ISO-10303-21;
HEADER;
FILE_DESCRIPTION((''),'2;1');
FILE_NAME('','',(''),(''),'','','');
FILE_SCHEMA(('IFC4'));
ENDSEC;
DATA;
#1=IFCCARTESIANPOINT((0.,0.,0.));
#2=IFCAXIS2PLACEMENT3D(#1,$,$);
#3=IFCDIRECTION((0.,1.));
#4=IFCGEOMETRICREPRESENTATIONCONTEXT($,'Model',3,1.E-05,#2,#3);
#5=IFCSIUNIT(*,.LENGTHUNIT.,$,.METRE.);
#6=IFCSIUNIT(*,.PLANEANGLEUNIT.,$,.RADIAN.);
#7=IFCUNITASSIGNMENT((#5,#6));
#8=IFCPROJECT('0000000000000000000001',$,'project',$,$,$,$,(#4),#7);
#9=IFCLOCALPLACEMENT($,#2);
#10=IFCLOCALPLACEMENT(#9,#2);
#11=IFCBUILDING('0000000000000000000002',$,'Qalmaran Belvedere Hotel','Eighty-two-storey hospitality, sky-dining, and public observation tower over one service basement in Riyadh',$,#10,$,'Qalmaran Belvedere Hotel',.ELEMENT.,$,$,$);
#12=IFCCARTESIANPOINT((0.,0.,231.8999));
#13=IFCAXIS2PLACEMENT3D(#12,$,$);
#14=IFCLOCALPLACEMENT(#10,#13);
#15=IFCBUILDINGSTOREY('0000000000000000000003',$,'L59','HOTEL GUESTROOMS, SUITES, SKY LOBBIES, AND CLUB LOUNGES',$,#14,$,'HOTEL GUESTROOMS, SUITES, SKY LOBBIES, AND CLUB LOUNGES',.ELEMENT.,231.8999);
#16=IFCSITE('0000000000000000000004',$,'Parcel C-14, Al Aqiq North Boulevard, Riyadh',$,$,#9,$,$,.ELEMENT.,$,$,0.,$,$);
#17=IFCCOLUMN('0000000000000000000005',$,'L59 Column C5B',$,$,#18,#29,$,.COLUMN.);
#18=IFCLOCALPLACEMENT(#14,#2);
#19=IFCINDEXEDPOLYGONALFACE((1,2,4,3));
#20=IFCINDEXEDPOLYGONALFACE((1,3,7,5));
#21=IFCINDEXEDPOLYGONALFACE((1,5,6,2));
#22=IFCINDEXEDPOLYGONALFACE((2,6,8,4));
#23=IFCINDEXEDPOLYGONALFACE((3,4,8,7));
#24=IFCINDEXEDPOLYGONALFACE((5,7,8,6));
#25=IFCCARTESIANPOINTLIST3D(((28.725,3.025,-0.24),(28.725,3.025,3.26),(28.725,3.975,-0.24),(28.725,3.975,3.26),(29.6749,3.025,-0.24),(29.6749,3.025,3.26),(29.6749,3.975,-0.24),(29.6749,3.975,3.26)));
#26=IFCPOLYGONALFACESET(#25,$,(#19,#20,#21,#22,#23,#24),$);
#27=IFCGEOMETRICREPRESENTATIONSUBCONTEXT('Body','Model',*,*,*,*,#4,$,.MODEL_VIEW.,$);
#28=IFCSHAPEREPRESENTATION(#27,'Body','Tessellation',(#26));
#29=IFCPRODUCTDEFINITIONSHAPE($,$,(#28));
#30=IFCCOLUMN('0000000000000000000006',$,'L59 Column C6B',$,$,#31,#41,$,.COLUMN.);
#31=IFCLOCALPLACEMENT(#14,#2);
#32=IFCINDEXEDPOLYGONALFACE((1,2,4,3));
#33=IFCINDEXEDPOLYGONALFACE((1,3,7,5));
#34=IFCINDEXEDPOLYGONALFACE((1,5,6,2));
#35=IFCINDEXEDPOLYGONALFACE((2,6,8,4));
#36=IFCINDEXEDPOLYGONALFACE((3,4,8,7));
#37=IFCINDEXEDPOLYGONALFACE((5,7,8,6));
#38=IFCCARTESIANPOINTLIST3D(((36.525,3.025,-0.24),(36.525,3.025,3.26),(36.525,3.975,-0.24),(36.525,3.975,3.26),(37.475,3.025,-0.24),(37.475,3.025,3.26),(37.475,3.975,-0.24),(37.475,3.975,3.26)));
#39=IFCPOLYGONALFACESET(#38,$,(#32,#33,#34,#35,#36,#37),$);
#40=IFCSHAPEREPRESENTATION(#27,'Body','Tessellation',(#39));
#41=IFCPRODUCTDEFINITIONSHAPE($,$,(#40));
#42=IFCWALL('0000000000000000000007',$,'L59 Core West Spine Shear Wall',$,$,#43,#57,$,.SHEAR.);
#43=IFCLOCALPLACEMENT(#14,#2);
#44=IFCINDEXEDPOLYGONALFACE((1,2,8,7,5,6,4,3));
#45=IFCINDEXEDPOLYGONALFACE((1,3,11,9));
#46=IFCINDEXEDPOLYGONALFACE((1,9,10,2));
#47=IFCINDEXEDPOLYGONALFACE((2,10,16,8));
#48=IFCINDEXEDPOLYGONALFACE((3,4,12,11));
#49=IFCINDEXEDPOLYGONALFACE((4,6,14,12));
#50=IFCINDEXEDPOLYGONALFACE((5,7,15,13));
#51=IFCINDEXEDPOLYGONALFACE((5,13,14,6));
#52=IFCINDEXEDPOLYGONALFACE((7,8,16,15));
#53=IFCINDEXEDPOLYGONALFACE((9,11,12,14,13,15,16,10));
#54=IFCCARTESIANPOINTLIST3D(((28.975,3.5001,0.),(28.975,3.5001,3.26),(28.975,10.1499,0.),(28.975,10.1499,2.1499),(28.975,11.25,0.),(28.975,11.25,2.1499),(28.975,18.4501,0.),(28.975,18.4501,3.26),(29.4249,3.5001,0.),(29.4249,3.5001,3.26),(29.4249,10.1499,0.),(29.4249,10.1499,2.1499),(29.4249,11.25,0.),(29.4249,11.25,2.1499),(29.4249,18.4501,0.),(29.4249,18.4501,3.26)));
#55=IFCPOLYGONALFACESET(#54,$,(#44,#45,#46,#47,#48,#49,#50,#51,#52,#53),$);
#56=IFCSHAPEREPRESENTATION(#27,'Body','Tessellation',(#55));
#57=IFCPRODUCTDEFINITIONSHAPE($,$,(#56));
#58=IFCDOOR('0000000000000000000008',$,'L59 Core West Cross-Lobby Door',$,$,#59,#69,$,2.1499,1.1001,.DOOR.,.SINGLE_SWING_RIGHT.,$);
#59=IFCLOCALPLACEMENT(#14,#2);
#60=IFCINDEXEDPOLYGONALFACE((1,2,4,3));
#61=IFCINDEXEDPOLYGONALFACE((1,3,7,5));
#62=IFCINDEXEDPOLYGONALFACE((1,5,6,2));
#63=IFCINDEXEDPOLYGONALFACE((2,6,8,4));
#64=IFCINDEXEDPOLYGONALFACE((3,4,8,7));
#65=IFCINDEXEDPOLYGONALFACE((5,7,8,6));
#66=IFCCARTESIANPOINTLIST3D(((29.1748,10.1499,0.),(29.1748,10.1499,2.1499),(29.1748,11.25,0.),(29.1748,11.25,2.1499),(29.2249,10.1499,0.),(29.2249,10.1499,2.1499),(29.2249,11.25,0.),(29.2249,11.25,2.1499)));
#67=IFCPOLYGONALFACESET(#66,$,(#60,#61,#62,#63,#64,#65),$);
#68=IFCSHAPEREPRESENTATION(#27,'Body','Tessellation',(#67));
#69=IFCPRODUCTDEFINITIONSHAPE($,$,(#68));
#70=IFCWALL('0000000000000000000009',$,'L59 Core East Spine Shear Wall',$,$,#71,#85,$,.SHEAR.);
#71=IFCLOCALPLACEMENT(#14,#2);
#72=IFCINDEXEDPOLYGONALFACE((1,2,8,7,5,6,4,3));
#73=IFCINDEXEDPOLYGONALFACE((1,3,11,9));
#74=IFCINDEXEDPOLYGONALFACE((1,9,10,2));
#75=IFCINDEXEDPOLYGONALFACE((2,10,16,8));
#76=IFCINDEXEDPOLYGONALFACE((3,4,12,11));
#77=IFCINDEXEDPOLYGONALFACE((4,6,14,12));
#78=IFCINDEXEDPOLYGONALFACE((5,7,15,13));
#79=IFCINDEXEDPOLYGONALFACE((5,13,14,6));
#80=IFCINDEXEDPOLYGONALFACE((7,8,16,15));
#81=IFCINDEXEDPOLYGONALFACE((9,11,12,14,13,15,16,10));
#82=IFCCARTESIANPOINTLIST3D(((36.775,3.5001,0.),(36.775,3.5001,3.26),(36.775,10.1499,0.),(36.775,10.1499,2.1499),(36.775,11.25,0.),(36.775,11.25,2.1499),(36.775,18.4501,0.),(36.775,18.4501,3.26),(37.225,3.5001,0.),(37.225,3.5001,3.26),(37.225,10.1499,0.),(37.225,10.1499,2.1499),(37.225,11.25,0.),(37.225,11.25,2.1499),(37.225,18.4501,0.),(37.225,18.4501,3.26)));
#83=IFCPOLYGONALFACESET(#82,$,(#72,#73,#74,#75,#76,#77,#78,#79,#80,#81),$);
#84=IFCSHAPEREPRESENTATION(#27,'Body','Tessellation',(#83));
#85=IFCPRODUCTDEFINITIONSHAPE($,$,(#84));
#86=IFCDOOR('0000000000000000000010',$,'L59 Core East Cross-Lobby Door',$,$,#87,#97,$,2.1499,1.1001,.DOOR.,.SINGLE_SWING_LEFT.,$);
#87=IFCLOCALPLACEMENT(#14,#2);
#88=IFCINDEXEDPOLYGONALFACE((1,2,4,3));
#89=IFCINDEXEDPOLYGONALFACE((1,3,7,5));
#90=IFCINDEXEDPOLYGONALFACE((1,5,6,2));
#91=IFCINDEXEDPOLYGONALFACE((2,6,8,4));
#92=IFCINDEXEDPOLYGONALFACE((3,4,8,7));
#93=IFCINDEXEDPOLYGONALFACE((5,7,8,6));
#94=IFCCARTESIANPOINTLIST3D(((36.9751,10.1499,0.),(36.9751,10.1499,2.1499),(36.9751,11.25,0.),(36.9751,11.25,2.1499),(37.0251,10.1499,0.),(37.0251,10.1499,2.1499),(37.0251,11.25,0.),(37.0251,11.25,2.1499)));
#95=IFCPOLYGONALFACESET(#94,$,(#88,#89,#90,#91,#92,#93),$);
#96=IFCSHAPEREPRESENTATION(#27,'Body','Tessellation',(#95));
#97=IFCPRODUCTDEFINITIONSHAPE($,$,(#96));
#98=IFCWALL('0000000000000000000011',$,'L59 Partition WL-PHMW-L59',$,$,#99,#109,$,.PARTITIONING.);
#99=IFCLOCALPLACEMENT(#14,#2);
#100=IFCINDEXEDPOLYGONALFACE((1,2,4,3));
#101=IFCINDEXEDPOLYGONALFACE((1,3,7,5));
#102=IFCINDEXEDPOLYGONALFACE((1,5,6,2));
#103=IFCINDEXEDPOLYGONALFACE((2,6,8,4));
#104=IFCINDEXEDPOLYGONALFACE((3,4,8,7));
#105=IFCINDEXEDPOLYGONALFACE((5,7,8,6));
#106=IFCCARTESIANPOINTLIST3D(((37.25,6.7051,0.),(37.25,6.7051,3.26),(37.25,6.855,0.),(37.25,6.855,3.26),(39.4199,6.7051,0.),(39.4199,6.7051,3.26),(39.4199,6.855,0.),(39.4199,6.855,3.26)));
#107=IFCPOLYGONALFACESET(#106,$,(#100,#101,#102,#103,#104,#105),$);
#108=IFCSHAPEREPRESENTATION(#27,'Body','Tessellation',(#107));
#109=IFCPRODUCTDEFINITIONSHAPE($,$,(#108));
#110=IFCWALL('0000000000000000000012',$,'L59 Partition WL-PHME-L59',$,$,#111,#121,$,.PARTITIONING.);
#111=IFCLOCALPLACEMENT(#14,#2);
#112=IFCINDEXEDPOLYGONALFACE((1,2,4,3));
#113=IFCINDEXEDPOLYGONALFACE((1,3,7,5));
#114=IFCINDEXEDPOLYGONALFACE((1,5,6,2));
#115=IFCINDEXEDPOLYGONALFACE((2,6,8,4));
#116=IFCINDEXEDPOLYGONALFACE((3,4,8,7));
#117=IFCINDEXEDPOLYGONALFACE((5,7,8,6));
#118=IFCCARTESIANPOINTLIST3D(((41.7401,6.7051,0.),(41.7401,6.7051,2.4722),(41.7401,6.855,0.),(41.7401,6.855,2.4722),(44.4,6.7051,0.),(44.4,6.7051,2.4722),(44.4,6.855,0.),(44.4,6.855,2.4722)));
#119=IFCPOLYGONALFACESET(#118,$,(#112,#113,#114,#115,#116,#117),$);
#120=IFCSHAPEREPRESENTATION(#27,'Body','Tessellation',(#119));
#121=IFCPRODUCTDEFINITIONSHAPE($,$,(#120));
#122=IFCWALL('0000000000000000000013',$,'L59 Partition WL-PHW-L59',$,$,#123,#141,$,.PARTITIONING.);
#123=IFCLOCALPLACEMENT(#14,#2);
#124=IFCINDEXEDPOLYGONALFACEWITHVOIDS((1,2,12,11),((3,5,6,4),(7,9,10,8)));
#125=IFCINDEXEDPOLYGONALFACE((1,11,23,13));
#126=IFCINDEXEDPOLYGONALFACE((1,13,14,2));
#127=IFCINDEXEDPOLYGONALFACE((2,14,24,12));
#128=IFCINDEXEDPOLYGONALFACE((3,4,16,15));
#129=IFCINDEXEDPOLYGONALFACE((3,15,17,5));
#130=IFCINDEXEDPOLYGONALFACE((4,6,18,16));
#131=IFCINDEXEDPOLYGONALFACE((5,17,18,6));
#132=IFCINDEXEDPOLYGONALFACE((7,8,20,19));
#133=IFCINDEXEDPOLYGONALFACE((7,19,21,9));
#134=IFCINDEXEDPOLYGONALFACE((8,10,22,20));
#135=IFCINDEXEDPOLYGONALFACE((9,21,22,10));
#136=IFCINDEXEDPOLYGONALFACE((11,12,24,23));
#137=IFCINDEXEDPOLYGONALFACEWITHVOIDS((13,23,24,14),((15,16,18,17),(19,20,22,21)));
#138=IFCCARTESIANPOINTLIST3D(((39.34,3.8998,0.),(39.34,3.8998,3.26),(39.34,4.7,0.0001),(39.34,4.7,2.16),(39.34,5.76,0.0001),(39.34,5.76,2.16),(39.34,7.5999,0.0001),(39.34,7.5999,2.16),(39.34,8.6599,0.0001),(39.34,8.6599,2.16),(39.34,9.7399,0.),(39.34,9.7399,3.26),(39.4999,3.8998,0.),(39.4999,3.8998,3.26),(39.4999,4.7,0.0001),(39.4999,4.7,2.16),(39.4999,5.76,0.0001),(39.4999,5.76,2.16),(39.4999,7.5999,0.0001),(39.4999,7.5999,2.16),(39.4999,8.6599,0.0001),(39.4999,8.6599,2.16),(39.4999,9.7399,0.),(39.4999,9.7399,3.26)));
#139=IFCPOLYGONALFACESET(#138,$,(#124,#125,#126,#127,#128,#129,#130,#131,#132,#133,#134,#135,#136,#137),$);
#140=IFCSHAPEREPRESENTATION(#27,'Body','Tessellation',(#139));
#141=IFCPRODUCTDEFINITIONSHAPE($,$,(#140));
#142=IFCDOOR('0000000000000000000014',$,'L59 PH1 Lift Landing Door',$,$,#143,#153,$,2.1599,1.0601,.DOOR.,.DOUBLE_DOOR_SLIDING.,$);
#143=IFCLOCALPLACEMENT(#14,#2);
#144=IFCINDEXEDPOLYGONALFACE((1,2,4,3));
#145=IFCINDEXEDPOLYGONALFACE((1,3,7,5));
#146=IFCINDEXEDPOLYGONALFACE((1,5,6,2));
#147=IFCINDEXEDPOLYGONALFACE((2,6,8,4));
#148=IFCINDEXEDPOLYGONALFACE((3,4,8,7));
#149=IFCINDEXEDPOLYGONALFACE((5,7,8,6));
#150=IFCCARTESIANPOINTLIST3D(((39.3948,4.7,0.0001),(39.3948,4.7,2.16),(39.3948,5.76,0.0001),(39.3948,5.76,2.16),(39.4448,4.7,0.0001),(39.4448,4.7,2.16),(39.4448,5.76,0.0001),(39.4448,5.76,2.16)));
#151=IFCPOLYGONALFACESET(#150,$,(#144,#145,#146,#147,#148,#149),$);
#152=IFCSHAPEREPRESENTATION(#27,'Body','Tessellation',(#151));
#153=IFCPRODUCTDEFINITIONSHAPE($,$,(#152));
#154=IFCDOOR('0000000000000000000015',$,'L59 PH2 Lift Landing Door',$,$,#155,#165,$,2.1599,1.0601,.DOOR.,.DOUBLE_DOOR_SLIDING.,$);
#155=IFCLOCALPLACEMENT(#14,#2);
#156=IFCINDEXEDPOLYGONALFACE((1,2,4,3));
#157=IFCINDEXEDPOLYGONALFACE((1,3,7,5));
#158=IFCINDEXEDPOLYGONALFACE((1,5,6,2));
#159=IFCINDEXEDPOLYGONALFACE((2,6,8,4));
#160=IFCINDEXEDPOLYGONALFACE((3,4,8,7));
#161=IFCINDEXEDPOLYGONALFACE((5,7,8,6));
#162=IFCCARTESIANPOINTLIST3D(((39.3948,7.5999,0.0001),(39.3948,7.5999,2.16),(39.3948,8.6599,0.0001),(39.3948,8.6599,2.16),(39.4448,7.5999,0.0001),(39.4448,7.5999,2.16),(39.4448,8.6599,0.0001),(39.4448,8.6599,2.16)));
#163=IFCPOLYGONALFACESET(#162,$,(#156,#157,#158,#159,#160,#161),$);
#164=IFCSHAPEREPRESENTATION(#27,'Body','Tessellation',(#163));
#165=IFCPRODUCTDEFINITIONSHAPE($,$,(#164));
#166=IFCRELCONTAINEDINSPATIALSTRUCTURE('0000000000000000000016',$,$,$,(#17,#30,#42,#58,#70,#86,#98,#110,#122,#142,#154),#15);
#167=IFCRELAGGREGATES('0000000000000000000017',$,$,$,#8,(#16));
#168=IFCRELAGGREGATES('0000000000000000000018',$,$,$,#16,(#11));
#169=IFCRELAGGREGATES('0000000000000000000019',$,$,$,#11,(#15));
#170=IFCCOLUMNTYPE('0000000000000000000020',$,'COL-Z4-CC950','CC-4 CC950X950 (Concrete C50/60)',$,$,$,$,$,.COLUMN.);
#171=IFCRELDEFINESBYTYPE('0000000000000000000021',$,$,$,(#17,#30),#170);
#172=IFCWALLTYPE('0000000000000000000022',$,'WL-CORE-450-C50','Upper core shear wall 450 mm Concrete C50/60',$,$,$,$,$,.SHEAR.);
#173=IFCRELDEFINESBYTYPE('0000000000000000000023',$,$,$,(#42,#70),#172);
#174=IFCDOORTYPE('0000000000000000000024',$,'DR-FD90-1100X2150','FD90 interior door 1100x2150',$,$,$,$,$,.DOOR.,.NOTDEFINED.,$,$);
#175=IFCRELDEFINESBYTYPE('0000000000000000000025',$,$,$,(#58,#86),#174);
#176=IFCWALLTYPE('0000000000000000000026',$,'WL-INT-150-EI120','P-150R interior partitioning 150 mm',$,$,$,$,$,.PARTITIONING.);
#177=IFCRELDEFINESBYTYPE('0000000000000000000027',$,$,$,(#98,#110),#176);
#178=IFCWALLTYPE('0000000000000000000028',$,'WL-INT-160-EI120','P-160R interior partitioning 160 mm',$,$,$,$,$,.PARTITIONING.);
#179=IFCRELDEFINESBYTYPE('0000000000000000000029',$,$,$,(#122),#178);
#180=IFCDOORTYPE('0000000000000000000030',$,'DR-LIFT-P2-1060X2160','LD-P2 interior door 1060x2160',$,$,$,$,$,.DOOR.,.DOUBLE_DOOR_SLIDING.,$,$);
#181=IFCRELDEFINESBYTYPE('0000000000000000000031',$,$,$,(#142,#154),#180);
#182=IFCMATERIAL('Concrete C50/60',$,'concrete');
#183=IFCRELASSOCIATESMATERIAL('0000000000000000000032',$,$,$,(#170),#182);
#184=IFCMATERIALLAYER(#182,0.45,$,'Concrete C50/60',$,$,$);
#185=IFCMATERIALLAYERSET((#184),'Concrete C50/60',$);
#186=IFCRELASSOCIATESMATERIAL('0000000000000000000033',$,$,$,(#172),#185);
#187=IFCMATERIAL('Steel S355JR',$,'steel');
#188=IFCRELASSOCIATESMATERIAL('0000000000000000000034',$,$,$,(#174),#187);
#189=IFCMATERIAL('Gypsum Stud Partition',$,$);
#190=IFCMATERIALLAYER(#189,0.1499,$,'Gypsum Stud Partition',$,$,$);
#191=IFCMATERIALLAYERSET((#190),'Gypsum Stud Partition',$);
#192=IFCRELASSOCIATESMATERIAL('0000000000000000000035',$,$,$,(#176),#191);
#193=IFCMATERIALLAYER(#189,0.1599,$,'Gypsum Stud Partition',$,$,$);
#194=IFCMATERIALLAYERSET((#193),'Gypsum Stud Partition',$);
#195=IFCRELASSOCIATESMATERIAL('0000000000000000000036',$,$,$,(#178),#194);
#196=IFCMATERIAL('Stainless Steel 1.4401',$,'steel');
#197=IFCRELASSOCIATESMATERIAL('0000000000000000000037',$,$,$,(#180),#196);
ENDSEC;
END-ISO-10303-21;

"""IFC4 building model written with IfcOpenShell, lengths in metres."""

from ifc_helpers import new_model, si_unit, direction, frame, frame_2d, origin, origin_2d, place, context, subcontext, project, spatial, rectangle, extrude, material, layer, layer_set, material_profile, profile_set, type_object, element, fill, save


model = new_model("IFC4")

# Units and contexts
model_context = context("Model", 3, precision=1e-05, world=origin(), true_north=direction((0.0, 1.0)))
body_context = subcontext(model_context, "Body", "Model", "MODEL_VIEW")
ifc_project = project(units=[si_unit("LENGTHUNIT", "METRE"), si_unit("PLANEANGLEUNIT", "RADIAN")], contexts=[model_context])

# Site, building, storey
site_placement = place(None, origin())
site = spatial("IfcSite", under=ifc_project, at=site_placement, Name="Parcel C-14, Al Aqiq North Boulevard, Riyadh", CompositionType="ELEMENT", RefElevation=0.0)
building_placement = place(site_placement, origin())
building = spatial("IfcBuilding", under=site, at=building_placement, Name="Qalmaran Belvedere Hotel", Description="Eighty-two-storey hospitality, sky-dining, and public observation tower over one service basement in Riyadh", LongName="Qalmaran Belvedere Hotel", CompositionType="ELEMENT")
storey_placement = place(building_placement, frame((0.0, 0.0, 231.8999)))
storey = spatial("IfcBuildingStorey", under=building, at=storey_placement, Name="L59", Description="HOTEL GUESTROOMS, SUITES, SKY LOBBIES, AND CLUB LOUNGES", LongName="HOTEL GUESTROOMS, SUITES, SKY LOBBIES, AND CLUB LOUNGES", CompositionType="ELEMENT", Elevation=231.8999)

# Columns
ifc_material_1 = material(Name="Concrete C50/60", Category="concrete")
ifc_material_profile = material_profile(ifc_material_1, rectangle(XDim=0.95, YDim=0.95, at=origin_2d()), Name="CC950X950")
ifc_profile_set = profile_set([ifc_material_profile], Name="Concrete C50/60")
column_type = type_object("IfcColumnType", Name="COL-Z4-CC950", Description="CC-4 CC950X950 (Concrete C50/60)", PredefinedType="COLUMN", material=ifc_profile_set)
for number, where, z_axis, x_axis, name in (
    (1, (29.2, 3.5, -0.24), (0.0, 0.0, 1.0), (1.0, 0.0, 0.0), "L59 Column C5B"),
    (2, (37.0, 3.5, -0.24), (0.0, 0.0, 1.0), (1.0, 0.0, 0.0), "L59 Column C6B"),
):
    element("IfcColumn", number, at=place(storey_placement, frame(where, z_axis=z_axis, x_axis=x_axis)), inside=storey, type_object=column_type, Name=name, PredefinedType="COLUMN", context=body_context, shape_type="SweptSolid", body=[
        extrude(rectangle(XDim=0.95, YDim=0.95, at=origin_2d()), origin(), (0.0, 0.0, 1.0), 3.5),
    ])

# Walls, openings, doors
ifc_layer_1 = layer(ifc_material_1, 0.45, Name="Concrete C50/60")
ifc_layer_set_1 = layer_set([ifc_layer_1], Name="Concrete C50/60")
wall_type_1 = type_object("IfcWallType", Name="WL-CORE-450-C50", Description="Upper core shear wall 450 mm Concrete C50/60", PredefinedType="SHEAR", material=ifc_layer_set_1)
wall_1_placement = place(storey_placement, frame((29.2, 3.5, 0.0), z_axis=(0.0, 0.0, 1.0), x_axis=(0.0, 1.0, 0.0)))
wall_1 = element("IfcWall", 3, at=wall_1_placement, inside=storey, type_object=wall_type_1, Name="L59 Core West Spine Shear Wall", PredefinedType="SHEAR", context=body_context, shape_type="SweptSolid", body=[
    extrude(rectangle(XDim=14.95, YDim=0.45, at=frame_2d((7.4751, 0.0))), origin(), (0.0, 0.0, 1.0), 3.26),
])
opening_1_placement = place(wall_1_placement, frame((7.75, 0.0, 0.0), z_axis=(0.0, 0.0, 1.0), x_axis=(-1.0, 0.0, 0.0)))
opening_1 = element("IfcOpeningElement", 4, at=opening_1_placement, cuts=wall_1, PredefinedType="OPENING", context=body_context, shape_type="SweptSolid", body=[
    extrude(rectangle(XDim=1.1001, YDim=2.1499, at=frame_2d((0.55, 1.075))), frame((0.0, 0.2349, 0.0), z_axis=(0.0, -1.0, 0.0), x_axis=(1.0, 0.0, 0.0)), (0.0, 0.0, 1.0), 0.47),
])
ifc_material_2 = material(Name="Steel S355JR", Category="steel")
door_type_1 = type_object("IfcDoorType", Name="DR-FD90-1100X2150", Description="FD90 interior door 1100x2150", OperationType="NOTDEFINED", PredefinedType="DOOR", material=ifc_material_2)
door_1_placement = place(opening_1_placement, origin())
door_1 = element("IfcDoor", 5, at=door_1_placement, inside=storey, type_object=door_type_1, Name="L59 Core West Cross-Lobby Door", OperationType="SINGLE_SWING_RIGHT", OverallHeight=2.1499, OverallWidth=1.1001, PredefinedType="DOOR", context=body_context, shape_type="SweptSolid", body=[
    extrude(rectangle(XDim=1.1001, YDim=2.1499, at=frame_2d((0.55, 1.075))), frame((0.0, 0.0249, 0.0), z_axis=(0.0, -1.0, 0.0), x_axis=(1.0, 0.0, 0.0)), (0.0, 0.0, 1.0), 0.05),
])
fill(opening_1, door_1)
wall_2_placement = place(storey_placement, frame((37.0, 3.5, 0.0), z_axis=(0.0, 0.0, 1.0), x_axis=(0.0, 1.0, 0.0)))
wall_2 = element("IfcWall", 6, at=wall_2_placement, inside=storey, type_object=wall_type_1, Name="L59 Core East Spine Shear Wall", PredefinedType="SHEAR", context=body_context, shape_type="SweptSolid", body=[
    extrude(rectangle(XDim=14.95, YDim=0.45, at=frame_2d((7.4751, 0.0))), origin(), (0.0, 0.0, 1.0), 3.26),
])
opening_2_placement = place(wall_2_placement, frame((6.6499, 0.0, 0.0)))
opening_2 = element("IfcOpeningElement", 7, at=opening_2_placement, cuts=wall_2, PredefinedType="OPENING", context=body_context, shape_type="SweptSolid", body=[
    extrude(rectangle(XDim=1.1001, YDim=2.1499, at=frame_2d((0.55, 1.075))), frame((0.0, 0.2349, 0.0), z_axis=(0.0, -1.0, 0.0), x_axis=(1.0, 0.0, 0.0)), (0.0, 0.0, 1.0), 0.47),
])
door_2_placement = place(opening_2_placement, origin())
door_2 = element("IfcDoor", 8, at=door_2_placement, inside=storey, type_object=door_type_1, Name="L59 Core East Cross-Lobby Door", OperationType="SINGLE_SWING_LEFT", OverallHeight=2.1499, OverallWidth=1.1001, PredefinedType="DOOR", context=body_context, shape_type="SweptSolid", body=[
    extrude(rectangle(XDim=1.1001, YDim=2.1499, at=frame_2d((0.55, 1.075))), frame((0.0, 0.0249, 0.0), z_axis=(0.0, -1.0, 0.0), x_axis=(1.0, 0.0, 0.0)), (0.0, 0.0, 1.0), 0.05),
])
fill(opening_2, door_2)

# Walls
ifc_material_3 = material(Name="Gypsum Stud Partition")
ifc_layer_2 = layer(ifc_material_3, 0.1499, Name="Gypsum Stud Partition")
ifc_layer_set_2 = layer_set([ifc_layer_2], Name="Gypsum Stud Partition")
wall_type_2 = type_object("IfcWallType", Name="WL-INT-150-EI120", Description="P-150R interior partitioning 150 mm", PredefinedType="PARTITIONING", material=ifc_layer_set_2)
wall_3_placement = place(storey_placement, frame((37.25, 6.78, 0.0), z_axis=(0.0, 0.0, 1.0), x_axis=(1.0, 0.0, 0.0)))
element("IfcWall", 9, at=wall_3_placement, inside=storey, type_object=wall_type_2, Name="L59 Partition WL-PHMW-L59", PredefinedType="PARTITIONING", context=body_context, shape_type="SweptSolid", body=[
    extrude(rectangle(XDim=2.1699, YDim=0.1499, at=frame_2d((1.085, 0.0))), origin(), (0.0, 0.0, 1.0), 3.26),
])
wall_4_placement = place(storey_placement, frame((41.74, 6.78, 0.0), z_axis=(0.0, 0.0, 1.0), x_axis=(1.0, 0.0, 0.0)))
element("IfcWall", 10, at=wall_4_placement, inside=storey, type_object=wall_type_2, Name="L59 Partition WL-PHME-L59", PredefinedType="PARTITIONING", context=body_context, shape_type="SweptSolid", body=[
    extrude(rectangle(XDim=2.6599, YDim=0.1499, at=frame_2d((1.3301, 0.0))), origin(), (0.0, 0.0, 1.0), 2.4722),
])

# Wall, openings, doors
ifc_layer_3 = layer(ifc_material_3, 0.1599, Name="Gypsum Stud Partition")
ifc_layer_set_3 = layer_set([ifc_layer_3], Name="Gypsum Stud Partition")
wall_type_3 = type_object("IfcWallType", Name="WL-INT-160-EI120", Description="P-160R interior partitioning 160 mm", PredefinedType="PARTITIONING", material=ifc_layer_set_3)
wall_5_placement = place(storey_placement, frame((39.4199, 3.8999, 0.0), z_axis=(0.0, 0.0, 1.0), x_axis=(0.0, 1.0, 0.0)))
wall_5 = element("IfcWall", 11, at=wall_5_placement, inside=storey, type_object=wall_type_3, Name="L59 Partition WL-PHW-L59", PredefinedType="PARTITIONING", context=body_context, shape_type="SweptSolid", body=[
    extrude(rectangle(XDim=5.8401, YDim=0.1599, at=frame_2d((2.9199, 0.0))), origin(), (0.0, 0.0, 1.0), 3.26),
])
opening_3_placement = place(wall_5_placement, frame((1.8601, 0.0, 0.0), z_axis=(0.0, 0.0, 1.0), x_axis=(-1.0, 0.0, 0.0)))
opening_3 = element("IfcOpeningElement", 12, at=opening_3_placement, cuts=wall_5, PredefinedType="OPENING", context=body_context, shape_type="SweptSolid", body=[
    extrude(rectangle(XDim=1.0601, YDim=2.1599, at=frame_2d((0.53, 1.0801))), frame((0.0, 0.0898, 0.0), z_axis=(0.0, -1.0, 0.0), x_axis=(1.0, 0.0, 0.0)), (0.0, 0.0, 1.0), 0.1799),
])
opening_4_placement = place(wall_5_placement, frame((4.76, 0.0, 0.0), z_axis=(0.0, 0.0, 1.0), x_axis=(-1.0, 0.0, 0.0)))
opening_4 = element("IfcOpeningElement", 13, at=opening_4_placement, cuts=wall_5, PredefinedType="OPENING", context=body_context, shape_type="SweptSolid", body=[
    extrude(rectangle(XDim=1.0601, YDim=2.1599, at=frame_2d((0.53, 1.0801))), frame((0.0, 0.0898, 0.0), z_axis=(0.0, -1.0, 0.0), x_axis=(1.0, 0.0, 0.0)), (0.0, 0.0, 1.0), 0.1799),
])
ifc_material_4 = material(Name="Stainless Steel 1.4401", Category="steel")
door_type_2 = type_object("IfcDoorType", Name="DR-LIFT-P2-1060X2160", Description="LD-P2 interior door 1060x2160", OperationType="DOUBLE_DOOR_SLIDING", PredefinedType="DOOR", material=ifc_material_4)
door_3_placement = place(opening_3_placement, origin())
door_3 = element("IfcDoor", 14, at=door_3_placement, inside=storey, type_object=door_type_2, Name="L59 PH1 Lift Landing Door", OperationType="DOUBLE_DOOR_SLIDING", OverallHeight=2.1599, OverallWidth=1.0601, PredefinedType="DOOR", context=body_context, shape_type="SweptSolid", body=[
    extrude(rectangle(XDim=1.0601, YDim=2.1599, at=frame_2d((0.53, 1.0801))), frame((0.0, 0.0249, 0.0), z_axis=(0.0, -1.0, 0.0), x_axis=(1.0, 0.0, 0.0)), (0.0, 0.0, 1.0), 0.05),
])
fill(opening_3, door_3)
door_4_placement = place(opening_4_placement, origin())
door_4 = element("IfcDoor", 15, at=door_4_placement, inside=storey, type_object=door_type_2, Name="L59 PH2 Lift Landing Door", OperationType="DOUBLE_DOOR_SLIDING", OverallHeight=2.1599, OverallWidth=1.0601, PredefinedType="DOOR", context=body_context, shape_type="SweptSolid", body=[
    extrude(rectangle(XDim=1.0601, YDim=2.1599, at=frame_2d((0.53, 1.0801))), frame((0.0, 0.0249, 0.0), z_axis=(0.0, -1.0, 0.0), x_axis=(1.0, 0.0, 0.0)), (0.0, 0.0, 1.0), 0.05),
])
fill(opening_4, door_4)

save(model, "model.ifc")
